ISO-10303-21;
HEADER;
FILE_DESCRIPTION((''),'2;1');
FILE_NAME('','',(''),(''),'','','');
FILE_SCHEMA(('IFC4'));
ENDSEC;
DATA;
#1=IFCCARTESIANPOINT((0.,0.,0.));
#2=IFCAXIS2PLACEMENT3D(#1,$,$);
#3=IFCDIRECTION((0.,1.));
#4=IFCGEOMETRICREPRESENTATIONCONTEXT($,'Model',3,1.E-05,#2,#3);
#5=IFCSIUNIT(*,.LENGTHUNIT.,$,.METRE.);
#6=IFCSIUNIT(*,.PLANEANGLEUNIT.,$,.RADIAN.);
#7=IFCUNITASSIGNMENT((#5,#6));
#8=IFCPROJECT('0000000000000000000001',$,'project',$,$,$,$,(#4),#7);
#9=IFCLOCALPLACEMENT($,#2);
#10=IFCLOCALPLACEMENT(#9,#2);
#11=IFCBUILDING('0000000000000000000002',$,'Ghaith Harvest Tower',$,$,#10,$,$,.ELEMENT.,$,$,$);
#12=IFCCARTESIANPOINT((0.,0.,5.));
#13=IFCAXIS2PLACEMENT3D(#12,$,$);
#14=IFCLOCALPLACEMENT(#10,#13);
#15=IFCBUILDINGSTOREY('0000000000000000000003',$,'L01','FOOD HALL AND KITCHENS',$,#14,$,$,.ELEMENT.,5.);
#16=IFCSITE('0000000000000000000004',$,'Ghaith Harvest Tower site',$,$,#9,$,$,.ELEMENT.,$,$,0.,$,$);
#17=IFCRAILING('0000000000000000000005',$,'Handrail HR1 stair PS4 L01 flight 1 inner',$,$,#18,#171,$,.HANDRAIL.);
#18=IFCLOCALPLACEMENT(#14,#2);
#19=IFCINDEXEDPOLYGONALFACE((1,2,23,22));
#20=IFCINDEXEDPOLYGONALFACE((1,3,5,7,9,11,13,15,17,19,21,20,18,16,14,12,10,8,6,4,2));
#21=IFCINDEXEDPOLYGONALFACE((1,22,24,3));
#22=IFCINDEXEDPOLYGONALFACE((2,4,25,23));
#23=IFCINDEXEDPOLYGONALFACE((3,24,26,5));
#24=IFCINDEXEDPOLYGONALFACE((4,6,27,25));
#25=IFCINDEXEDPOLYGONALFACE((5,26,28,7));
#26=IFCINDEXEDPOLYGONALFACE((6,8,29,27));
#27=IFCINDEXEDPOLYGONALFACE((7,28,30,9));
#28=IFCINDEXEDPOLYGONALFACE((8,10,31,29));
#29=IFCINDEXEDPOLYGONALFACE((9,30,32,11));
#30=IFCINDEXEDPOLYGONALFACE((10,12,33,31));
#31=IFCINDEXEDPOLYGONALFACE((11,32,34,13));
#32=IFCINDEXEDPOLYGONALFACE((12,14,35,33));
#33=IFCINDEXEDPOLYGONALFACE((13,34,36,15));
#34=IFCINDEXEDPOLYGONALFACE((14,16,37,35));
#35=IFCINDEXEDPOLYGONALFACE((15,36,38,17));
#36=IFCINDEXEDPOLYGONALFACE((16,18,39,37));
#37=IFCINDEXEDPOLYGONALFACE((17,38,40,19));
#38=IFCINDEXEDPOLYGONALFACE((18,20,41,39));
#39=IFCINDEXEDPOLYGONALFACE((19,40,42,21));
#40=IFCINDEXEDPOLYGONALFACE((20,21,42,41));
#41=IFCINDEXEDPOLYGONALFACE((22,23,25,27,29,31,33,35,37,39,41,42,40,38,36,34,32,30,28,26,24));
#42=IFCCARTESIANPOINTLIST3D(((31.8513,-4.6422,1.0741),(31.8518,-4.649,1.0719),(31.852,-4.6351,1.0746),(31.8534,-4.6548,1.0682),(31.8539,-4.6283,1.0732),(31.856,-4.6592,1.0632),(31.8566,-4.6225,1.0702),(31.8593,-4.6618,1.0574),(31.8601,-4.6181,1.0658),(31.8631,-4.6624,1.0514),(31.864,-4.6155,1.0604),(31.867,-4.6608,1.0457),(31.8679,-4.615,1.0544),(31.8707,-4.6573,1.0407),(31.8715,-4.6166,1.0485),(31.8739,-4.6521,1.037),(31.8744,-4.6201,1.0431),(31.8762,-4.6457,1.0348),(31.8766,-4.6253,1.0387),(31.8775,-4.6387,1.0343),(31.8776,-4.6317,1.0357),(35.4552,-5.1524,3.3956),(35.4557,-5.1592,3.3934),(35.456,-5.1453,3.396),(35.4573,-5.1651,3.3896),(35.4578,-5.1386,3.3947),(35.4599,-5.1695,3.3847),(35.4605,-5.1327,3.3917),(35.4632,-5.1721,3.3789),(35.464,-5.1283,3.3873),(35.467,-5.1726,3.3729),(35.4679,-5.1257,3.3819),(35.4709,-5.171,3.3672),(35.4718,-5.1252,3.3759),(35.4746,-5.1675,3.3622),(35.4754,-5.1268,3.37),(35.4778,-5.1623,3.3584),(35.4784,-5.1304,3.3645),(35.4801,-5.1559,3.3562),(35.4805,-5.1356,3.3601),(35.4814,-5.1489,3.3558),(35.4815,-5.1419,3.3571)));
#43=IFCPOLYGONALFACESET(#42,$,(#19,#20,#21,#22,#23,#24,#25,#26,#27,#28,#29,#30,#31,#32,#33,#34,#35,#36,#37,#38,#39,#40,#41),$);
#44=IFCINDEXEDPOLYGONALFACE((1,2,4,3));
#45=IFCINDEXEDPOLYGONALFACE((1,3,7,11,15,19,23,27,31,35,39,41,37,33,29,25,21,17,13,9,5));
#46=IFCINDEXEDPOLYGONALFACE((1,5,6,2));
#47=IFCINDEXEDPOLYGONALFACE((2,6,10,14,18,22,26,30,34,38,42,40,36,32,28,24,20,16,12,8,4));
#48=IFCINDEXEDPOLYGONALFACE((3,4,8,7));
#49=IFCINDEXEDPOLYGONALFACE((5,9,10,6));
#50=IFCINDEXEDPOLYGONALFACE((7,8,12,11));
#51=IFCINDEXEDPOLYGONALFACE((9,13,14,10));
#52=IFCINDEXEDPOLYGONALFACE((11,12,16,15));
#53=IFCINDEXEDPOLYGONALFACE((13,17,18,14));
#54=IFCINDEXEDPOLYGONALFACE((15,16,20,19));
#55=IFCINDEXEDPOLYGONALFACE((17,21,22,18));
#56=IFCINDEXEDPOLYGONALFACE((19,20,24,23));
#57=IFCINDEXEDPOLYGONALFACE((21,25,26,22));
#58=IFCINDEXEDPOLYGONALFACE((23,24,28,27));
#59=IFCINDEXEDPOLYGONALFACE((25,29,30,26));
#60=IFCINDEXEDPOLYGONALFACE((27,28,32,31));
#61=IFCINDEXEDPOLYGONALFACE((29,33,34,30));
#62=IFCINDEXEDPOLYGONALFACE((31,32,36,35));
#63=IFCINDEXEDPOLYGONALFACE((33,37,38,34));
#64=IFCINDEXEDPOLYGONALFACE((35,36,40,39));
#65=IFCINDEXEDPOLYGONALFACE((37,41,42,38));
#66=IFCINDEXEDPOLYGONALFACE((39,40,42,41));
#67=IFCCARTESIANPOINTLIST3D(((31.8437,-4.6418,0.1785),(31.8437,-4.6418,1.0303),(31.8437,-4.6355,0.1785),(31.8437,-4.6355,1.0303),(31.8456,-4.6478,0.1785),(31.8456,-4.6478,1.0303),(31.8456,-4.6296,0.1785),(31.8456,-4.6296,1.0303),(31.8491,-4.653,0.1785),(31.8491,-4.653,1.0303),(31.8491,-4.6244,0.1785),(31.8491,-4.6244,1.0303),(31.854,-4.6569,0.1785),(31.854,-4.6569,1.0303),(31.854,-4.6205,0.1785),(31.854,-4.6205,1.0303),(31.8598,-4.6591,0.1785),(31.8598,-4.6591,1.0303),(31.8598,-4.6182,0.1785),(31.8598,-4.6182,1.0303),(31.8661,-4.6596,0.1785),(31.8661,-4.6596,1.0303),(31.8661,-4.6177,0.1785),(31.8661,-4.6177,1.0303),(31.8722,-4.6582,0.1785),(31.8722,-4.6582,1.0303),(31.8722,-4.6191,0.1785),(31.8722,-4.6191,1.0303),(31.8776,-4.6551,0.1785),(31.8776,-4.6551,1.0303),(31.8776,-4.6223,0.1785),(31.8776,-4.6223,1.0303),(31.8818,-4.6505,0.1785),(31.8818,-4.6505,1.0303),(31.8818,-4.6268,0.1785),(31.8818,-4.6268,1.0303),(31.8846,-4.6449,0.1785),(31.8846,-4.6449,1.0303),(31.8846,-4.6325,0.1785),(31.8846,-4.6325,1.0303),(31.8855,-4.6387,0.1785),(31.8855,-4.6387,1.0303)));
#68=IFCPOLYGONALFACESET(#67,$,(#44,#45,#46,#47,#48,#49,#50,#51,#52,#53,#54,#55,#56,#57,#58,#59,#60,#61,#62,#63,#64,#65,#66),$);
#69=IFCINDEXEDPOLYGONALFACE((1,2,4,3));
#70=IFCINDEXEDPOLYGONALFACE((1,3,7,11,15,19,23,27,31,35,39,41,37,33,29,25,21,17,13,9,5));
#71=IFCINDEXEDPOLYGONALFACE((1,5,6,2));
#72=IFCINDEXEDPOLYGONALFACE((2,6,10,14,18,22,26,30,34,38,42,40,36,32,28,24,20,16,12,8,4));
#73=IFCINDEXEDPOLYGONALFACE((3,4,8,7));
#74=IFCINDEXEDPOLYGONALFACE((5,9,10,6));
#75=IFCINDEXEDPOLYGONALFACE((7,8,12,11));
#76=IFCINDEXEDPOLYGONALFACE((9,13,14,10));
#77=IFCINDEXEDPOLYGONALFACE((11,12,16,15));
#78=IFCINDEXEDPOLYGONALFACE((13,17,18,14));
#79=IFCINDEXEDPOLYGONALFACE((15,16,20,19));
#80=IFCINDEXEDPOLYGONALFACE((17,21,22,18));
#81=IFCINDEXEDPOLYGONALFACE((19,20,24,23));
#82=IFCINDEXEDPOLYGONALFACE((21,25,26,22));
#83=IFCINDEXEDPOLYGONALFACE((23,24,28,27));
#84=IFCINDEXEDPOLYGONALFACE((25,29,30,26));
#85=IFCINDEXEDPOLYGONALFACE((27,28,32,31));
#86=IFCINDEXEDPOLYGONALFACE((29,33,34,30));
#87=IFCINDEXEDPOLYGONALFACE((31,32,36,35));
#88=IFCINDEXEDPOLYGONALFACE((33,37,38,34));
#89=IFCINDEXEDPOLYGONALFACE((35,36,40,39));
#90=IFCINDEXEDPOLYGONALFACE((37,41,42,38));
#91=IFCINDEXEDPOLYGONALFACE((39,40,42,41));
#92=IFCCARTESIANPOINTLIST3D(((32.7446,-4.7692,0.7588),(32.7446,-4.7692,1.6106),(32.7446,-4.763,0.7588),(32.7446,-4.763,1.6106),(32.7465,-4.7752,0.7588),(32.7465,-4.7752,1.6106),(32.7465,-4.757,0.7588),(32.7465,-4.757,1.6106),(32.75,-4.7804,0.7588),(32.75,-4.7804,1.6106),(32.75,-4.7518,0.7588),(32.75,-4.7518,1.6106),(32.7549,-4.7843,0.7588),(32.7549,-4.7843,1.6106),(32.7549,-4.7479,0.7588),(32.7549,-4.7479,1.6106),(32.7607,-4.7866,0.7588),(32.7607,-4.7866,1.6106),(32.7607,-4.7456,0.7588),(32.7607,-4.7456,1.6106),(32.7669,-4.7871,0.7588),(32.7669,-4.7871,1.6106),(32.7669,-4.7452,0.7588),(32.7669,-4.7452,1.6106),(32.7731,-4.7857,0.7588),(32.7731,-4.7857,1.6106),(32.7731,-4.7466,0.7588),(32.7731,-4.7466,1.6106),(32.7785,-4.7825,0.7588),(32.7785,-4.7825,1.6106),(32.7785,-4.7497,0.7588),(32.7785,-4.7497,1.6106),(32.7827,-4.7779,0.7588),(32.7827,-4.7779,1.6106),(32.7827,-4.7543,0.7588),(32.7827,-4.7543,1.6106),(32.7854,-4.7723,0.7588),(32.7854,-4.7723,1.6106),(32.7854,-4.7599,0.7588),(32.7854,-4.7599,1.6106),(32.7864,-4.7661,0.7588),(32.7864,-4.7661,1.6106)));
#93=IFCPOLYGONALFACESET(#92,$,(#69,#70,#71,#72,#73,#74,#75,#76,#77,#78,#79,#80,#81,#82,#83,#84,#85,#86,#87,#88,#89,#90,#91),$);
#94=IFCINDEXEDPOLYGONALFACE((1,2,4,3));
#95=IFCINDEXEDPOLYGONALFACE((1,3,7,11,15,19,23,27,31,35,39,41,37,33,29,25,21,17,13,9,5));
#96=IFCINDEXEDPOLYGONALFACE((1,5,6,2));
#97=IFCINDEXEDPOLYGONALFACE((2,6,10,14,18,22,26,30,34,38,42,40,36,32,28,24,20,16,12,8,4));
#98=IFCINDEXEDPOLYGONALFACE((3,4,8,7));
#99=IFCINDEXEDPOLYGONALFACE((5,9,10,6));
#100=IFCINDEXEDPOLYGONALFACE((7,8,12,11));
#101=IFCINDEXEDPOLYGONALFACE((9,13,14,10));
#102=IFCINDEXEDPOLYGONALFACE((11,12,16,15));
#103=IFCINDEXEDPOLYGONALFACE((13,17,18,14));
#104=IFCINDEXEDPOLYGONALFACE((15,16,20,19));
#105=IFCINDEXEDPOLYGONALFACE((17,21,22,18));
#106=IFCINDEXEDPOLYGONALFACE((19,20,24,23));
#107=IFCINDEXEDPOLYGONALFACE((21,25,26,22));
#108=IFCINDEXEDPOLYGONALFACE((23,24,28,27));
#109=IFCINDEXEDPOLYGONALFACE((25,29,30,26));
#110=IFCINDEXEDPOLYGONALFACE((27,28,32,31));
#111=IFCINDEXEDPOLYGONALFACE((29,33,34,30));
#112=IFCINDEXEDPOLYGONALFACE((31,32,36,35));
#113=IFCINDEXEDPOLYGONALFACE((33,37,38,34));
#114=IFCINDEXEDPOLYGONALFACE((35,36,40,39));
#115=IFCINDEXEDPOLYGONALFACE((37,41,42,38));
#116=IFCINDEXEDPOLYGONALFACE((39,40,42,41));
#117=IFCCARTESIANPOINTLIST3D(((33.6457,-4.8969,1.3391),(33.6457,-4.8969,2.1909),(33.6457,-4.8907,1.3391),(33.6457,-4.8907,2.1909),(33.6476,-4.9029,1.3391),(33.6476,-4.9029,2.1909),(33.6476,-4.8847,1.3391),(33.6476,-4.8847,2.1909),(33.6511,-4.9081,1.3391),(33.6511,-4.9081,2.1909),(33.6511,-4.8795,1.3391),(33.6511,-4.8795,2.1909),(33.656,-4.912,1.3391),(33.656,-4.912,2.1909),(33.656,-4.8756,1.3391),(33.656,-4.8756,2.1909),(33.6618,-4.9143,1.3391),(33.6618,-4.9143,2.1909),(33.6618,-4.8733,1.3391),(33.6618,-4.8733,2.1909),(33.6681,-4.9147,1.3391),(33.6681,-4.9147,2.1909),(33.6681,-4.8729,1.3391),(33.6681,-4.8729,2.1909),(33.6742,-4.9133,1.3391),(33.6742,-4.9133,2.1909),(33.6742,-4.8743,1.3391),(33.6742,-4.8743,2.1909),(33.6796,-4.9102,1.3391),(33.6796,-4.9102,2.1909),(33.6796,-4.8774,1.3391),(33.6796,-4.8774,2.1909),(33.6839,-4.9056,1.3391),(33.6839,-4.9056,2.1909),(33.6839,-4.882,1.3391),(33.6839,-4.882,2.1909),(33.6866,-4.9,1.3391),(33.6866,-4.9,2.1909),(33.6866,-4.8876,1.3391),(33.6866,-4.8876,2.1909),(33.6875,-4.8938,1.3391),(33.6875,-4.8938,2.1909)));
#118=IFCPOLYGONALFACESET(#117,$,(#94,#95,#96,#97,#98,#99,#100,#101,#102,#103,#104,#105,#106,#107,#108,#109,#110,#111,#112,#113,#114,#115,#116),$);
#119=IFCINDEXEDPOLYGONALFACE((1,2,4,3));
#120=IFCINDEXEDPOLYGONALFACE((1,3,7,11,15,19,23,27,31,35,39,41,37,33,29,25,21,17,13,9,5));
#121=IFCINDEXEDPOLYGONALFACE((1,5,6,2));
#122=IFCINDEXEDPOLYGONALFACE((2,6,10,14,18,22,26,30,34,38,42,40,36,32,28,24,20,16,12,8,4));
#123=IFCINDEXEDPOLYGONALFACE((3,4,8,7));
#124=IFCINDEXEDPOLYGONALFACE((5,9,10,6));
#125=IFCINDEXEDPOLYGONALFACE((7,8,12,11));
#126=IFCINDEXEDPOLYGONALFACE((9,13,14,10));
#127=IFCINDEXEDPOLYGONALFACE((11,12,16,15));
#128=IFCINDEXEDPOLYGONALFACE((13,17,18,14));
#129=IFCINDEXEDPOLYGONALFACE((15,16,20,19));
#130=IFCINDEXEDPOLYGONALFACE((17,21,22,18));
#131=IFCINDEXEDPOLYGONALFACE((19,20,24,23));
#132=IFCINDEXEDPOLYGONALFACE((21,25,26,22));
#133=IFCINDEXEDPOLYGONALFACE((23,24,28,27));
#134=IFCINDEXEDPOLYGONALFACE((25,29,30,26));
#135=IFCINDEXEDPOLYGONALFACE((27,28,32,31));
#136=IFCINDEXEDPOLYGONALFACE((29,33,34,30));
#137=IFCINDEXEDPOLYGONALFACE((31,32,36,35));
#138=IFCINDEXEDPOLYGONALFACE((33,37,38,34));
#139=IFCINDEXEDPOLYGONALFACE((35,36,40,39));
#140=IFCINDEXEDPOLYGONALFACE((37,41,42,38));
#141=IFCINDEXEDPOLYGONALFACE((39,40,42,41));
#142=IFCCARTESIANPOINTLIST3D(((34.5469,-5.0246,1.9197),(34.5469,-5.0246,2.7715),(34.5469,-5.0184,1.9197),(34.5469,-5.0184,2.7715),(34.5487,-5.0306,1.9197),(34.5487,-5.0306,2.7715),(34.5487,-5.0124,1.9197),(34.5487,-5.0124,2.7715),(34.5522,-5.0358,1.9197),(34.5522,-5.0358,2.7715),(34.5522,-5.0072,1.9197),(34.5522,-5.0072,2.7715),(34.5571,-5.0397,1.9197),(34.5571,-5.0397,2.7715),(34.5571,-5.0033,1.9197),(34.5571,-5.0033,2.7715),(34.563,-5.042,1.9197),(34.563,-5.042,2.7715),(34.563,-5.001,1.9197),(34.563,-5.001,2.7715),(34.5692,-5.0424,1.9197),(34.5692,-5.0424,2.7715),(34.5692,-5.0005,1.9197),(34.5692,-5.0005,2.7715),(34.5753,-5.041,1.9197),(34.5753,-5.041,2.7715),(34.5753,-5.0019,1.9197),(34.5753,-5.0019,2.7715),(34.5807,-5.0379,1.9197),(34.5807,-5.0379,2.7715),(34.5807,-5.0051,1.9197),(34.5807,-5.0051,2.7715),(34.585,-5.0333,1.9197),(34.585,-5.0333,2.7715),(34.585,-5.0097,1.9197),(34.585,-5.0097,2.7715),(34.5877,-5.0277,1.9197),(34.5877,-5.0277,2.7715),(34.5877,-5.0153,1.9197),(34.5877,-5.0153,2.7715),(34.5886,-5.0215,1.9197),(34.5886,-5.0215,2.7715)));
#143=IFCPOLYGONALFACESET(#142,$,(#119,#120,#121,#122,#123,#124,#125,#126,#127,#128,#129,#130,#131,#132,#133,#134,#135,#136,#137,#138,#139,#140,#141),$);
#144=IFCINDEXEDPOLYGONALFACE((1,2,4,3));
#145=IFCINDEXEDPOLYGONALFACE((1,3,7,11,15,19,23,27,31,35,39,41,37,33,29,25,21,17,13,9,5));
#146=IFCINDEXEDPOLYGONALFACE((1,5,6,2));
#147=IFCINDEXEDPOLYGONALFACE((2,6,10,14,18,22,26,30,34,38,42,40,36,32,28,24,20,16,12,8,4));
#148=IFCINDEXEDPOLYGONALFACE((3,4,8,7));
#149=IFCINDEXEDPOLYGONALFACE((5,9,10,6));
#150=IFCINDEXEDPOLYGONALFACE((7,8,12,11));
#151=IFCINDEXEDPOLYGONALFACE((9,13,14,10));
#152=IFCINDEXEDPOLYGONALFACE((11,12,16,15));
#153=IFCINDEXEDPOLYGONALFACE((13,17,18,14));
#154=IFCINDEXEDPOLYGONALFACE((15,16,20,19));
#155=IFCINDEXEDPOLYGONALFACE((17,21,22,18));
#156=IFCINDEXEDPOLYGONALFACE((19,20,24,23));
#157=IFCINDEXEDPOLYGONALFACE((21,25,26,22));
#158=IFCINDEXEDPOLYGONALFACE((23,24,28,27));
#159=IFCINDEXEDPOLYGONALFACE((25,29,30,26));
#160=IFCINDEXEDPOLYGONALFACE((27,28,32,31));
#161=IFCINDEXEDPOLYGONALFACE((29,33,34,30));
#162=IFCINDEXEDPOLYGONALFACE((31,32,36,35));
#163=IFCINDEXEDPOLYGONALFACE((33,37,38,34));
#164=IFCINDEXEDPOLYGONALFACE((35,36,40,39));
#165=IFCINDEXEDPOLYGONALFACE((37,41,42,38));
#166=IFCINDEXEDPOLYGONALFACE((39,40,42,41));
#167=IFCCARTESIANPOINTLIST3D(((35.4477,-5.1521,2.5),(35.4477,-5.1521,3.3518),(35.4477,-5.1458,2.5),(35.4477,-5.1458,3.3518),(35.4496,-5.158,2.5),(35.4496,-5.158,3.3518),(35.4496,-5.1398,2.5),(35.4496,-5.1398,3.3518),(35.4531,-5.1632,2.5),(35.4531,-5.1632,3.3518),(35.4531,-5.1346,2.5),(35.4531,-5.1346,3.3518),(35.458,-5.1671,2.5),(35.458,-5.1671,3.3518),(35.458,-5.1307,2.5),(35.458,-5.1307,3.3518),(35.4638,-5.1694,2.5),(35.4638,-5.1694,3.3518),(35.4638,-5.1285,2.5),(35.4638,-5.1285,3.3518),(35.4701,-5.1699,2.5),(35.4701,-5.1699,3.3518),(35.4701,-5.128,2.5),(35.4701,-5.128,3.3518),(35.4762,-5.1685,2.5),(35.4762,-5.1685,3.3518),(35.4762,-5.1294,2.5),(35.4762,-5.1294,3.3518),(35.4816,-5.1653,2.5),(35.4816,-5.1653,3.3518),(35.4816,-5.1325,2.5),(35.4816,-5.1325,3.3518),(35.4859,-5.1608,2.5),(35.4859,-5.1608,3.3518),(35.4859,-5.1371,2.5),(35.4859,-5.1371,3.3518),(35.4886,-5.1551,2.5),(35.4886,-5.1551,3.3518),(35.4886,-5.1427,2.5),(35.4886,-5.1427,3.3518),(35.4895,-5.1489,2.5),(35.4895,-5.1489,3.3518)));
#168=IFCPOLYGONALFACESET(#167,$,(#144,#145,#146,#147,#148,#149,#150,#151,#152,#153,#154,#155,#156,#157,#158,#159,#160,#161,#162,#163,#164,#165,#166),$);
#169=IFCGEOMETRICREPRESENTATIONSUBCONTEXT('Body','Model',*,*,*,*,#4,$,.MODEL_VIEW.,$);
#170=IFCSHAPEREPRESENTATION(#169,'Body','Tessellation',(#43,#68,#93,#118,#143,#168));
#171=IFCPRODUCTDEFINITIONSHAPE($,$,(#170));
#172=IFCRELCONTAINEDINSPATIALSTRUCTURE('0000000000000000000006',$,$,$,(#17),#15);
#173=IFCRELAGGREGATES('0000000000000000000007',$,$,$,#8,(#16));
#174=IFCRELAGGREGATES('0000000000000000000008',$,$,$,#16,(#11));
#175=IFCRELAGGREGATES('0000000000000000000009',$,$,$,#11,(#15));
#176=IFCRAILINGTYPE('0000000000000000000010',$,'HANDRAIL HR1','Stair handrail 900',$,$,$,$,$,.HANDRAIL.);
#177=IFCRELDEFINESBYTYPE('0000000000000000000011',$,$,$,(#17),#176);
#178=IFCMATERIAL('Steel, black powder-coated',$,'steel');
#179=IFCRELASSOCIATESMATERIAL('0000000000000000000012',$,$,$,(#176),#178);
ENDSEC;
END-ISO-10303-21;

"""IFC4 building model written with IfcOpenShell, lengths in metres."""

from ifc_helpers import new_model, si_unit, direction, frame, origin, origin_2d, place, context, subcontext, project, spatial, circle, extrude, material, type_object, element, save


model = new_model("IFC4")

# Units and contexts
model_context = context("Model", 3, precision=1e-05, world=origin(), true_north=direction((0.0, 1.0)))
body_context = subcontext(model_context, "Body", "Model", "MODEL_VIEW")
ifc_project = project(units=[si_unit("LENGTHUNIT", "METRE"), si_unit("PLANEANGLEUNIT", "RADIAN")], contexts=[model_context])

# Site, building, storey
site_placement = place(None, origin())
site = spatial("IfcSite", under=ifc_project, at=site_placement, Name="Ghaith Harvest Tower site", CompositionType="ELEMENT", RefElevation=0.0)
building_placement = place(site_placement, origin())
building = spatial("IfcBuilding", under=site, at=building_placement, Name="Ghaith Harvest Tower", CompositionType="ELEMENT")
storey_placement = place(building_placement, frame((0.0, 0.0, 5.0)))
storey = spatial("IfcBuildingStorey", under=building, at=storey_placement, Name="L01", Description="FOOD HALL AND KITCHENS", CompositionType="ELEMENT", Elevation=5.0)

# Railing
ifc_material_1 = material(Name="Steel, black powder-coated", Category="steel")
railing_type = type_object("IfcRailingType", Name="HANDRAIL HR1", Description="Stair handrail 900", PredefinedType="HANDRAIL", material=ifc_material_1)
railing_1_placement = place(storey_placement, frame((31.8645, -4.6387, 0.1785)))
element("IfcRailing", 1, at=railing_1_placement, inside=storey, type_object=railing_type, Name="Handrail HR1 stair PS4 L01 flight 1 inner", PredefinedType="HANDRAIL", context=body_context, shape_type="SweptSolid", body=[
    extrude(circle(Radius=0.0239, at=origin_2d()), frame((0.0, 0.0, 0.876), z_axis=(0.83479, -0.118189, 0.537733), x_axis=(0.140182, 0.990126, 0.0)), (0.0, 0.0, 1.0), 4.3171),
    extrude(circle(Radius=0.021, at=origin_2d()), origin(), (0.0, 0.0, 1.0), 0.8518),
    extrude(circle(Radius=0.021, at=origin_2d()), frame((0.9009, -0.1274, 0.5803)), (0.0, 0.0, 1.0), 0.8518),
    extrude(circle(Radius=0.021, at=origin_2d()), frame((1.802, -0.2551, 1.1606)), (0.0, 0.0, 1.0), 0.8518),
    extrude(circle(Radius=0.021, at=origin_2d()), frame((2.7031, -0.3828, 1.7412)), (0.0, 0.0, 1.0), 0.8518),
    extrude(circle(Radius=0.021, at=origin_2d()), frame((3.604, -0.5103, 2.3215)), (0.0, 0.0, 1.0), 0.8518),
])

save(model, "model.ifc")
